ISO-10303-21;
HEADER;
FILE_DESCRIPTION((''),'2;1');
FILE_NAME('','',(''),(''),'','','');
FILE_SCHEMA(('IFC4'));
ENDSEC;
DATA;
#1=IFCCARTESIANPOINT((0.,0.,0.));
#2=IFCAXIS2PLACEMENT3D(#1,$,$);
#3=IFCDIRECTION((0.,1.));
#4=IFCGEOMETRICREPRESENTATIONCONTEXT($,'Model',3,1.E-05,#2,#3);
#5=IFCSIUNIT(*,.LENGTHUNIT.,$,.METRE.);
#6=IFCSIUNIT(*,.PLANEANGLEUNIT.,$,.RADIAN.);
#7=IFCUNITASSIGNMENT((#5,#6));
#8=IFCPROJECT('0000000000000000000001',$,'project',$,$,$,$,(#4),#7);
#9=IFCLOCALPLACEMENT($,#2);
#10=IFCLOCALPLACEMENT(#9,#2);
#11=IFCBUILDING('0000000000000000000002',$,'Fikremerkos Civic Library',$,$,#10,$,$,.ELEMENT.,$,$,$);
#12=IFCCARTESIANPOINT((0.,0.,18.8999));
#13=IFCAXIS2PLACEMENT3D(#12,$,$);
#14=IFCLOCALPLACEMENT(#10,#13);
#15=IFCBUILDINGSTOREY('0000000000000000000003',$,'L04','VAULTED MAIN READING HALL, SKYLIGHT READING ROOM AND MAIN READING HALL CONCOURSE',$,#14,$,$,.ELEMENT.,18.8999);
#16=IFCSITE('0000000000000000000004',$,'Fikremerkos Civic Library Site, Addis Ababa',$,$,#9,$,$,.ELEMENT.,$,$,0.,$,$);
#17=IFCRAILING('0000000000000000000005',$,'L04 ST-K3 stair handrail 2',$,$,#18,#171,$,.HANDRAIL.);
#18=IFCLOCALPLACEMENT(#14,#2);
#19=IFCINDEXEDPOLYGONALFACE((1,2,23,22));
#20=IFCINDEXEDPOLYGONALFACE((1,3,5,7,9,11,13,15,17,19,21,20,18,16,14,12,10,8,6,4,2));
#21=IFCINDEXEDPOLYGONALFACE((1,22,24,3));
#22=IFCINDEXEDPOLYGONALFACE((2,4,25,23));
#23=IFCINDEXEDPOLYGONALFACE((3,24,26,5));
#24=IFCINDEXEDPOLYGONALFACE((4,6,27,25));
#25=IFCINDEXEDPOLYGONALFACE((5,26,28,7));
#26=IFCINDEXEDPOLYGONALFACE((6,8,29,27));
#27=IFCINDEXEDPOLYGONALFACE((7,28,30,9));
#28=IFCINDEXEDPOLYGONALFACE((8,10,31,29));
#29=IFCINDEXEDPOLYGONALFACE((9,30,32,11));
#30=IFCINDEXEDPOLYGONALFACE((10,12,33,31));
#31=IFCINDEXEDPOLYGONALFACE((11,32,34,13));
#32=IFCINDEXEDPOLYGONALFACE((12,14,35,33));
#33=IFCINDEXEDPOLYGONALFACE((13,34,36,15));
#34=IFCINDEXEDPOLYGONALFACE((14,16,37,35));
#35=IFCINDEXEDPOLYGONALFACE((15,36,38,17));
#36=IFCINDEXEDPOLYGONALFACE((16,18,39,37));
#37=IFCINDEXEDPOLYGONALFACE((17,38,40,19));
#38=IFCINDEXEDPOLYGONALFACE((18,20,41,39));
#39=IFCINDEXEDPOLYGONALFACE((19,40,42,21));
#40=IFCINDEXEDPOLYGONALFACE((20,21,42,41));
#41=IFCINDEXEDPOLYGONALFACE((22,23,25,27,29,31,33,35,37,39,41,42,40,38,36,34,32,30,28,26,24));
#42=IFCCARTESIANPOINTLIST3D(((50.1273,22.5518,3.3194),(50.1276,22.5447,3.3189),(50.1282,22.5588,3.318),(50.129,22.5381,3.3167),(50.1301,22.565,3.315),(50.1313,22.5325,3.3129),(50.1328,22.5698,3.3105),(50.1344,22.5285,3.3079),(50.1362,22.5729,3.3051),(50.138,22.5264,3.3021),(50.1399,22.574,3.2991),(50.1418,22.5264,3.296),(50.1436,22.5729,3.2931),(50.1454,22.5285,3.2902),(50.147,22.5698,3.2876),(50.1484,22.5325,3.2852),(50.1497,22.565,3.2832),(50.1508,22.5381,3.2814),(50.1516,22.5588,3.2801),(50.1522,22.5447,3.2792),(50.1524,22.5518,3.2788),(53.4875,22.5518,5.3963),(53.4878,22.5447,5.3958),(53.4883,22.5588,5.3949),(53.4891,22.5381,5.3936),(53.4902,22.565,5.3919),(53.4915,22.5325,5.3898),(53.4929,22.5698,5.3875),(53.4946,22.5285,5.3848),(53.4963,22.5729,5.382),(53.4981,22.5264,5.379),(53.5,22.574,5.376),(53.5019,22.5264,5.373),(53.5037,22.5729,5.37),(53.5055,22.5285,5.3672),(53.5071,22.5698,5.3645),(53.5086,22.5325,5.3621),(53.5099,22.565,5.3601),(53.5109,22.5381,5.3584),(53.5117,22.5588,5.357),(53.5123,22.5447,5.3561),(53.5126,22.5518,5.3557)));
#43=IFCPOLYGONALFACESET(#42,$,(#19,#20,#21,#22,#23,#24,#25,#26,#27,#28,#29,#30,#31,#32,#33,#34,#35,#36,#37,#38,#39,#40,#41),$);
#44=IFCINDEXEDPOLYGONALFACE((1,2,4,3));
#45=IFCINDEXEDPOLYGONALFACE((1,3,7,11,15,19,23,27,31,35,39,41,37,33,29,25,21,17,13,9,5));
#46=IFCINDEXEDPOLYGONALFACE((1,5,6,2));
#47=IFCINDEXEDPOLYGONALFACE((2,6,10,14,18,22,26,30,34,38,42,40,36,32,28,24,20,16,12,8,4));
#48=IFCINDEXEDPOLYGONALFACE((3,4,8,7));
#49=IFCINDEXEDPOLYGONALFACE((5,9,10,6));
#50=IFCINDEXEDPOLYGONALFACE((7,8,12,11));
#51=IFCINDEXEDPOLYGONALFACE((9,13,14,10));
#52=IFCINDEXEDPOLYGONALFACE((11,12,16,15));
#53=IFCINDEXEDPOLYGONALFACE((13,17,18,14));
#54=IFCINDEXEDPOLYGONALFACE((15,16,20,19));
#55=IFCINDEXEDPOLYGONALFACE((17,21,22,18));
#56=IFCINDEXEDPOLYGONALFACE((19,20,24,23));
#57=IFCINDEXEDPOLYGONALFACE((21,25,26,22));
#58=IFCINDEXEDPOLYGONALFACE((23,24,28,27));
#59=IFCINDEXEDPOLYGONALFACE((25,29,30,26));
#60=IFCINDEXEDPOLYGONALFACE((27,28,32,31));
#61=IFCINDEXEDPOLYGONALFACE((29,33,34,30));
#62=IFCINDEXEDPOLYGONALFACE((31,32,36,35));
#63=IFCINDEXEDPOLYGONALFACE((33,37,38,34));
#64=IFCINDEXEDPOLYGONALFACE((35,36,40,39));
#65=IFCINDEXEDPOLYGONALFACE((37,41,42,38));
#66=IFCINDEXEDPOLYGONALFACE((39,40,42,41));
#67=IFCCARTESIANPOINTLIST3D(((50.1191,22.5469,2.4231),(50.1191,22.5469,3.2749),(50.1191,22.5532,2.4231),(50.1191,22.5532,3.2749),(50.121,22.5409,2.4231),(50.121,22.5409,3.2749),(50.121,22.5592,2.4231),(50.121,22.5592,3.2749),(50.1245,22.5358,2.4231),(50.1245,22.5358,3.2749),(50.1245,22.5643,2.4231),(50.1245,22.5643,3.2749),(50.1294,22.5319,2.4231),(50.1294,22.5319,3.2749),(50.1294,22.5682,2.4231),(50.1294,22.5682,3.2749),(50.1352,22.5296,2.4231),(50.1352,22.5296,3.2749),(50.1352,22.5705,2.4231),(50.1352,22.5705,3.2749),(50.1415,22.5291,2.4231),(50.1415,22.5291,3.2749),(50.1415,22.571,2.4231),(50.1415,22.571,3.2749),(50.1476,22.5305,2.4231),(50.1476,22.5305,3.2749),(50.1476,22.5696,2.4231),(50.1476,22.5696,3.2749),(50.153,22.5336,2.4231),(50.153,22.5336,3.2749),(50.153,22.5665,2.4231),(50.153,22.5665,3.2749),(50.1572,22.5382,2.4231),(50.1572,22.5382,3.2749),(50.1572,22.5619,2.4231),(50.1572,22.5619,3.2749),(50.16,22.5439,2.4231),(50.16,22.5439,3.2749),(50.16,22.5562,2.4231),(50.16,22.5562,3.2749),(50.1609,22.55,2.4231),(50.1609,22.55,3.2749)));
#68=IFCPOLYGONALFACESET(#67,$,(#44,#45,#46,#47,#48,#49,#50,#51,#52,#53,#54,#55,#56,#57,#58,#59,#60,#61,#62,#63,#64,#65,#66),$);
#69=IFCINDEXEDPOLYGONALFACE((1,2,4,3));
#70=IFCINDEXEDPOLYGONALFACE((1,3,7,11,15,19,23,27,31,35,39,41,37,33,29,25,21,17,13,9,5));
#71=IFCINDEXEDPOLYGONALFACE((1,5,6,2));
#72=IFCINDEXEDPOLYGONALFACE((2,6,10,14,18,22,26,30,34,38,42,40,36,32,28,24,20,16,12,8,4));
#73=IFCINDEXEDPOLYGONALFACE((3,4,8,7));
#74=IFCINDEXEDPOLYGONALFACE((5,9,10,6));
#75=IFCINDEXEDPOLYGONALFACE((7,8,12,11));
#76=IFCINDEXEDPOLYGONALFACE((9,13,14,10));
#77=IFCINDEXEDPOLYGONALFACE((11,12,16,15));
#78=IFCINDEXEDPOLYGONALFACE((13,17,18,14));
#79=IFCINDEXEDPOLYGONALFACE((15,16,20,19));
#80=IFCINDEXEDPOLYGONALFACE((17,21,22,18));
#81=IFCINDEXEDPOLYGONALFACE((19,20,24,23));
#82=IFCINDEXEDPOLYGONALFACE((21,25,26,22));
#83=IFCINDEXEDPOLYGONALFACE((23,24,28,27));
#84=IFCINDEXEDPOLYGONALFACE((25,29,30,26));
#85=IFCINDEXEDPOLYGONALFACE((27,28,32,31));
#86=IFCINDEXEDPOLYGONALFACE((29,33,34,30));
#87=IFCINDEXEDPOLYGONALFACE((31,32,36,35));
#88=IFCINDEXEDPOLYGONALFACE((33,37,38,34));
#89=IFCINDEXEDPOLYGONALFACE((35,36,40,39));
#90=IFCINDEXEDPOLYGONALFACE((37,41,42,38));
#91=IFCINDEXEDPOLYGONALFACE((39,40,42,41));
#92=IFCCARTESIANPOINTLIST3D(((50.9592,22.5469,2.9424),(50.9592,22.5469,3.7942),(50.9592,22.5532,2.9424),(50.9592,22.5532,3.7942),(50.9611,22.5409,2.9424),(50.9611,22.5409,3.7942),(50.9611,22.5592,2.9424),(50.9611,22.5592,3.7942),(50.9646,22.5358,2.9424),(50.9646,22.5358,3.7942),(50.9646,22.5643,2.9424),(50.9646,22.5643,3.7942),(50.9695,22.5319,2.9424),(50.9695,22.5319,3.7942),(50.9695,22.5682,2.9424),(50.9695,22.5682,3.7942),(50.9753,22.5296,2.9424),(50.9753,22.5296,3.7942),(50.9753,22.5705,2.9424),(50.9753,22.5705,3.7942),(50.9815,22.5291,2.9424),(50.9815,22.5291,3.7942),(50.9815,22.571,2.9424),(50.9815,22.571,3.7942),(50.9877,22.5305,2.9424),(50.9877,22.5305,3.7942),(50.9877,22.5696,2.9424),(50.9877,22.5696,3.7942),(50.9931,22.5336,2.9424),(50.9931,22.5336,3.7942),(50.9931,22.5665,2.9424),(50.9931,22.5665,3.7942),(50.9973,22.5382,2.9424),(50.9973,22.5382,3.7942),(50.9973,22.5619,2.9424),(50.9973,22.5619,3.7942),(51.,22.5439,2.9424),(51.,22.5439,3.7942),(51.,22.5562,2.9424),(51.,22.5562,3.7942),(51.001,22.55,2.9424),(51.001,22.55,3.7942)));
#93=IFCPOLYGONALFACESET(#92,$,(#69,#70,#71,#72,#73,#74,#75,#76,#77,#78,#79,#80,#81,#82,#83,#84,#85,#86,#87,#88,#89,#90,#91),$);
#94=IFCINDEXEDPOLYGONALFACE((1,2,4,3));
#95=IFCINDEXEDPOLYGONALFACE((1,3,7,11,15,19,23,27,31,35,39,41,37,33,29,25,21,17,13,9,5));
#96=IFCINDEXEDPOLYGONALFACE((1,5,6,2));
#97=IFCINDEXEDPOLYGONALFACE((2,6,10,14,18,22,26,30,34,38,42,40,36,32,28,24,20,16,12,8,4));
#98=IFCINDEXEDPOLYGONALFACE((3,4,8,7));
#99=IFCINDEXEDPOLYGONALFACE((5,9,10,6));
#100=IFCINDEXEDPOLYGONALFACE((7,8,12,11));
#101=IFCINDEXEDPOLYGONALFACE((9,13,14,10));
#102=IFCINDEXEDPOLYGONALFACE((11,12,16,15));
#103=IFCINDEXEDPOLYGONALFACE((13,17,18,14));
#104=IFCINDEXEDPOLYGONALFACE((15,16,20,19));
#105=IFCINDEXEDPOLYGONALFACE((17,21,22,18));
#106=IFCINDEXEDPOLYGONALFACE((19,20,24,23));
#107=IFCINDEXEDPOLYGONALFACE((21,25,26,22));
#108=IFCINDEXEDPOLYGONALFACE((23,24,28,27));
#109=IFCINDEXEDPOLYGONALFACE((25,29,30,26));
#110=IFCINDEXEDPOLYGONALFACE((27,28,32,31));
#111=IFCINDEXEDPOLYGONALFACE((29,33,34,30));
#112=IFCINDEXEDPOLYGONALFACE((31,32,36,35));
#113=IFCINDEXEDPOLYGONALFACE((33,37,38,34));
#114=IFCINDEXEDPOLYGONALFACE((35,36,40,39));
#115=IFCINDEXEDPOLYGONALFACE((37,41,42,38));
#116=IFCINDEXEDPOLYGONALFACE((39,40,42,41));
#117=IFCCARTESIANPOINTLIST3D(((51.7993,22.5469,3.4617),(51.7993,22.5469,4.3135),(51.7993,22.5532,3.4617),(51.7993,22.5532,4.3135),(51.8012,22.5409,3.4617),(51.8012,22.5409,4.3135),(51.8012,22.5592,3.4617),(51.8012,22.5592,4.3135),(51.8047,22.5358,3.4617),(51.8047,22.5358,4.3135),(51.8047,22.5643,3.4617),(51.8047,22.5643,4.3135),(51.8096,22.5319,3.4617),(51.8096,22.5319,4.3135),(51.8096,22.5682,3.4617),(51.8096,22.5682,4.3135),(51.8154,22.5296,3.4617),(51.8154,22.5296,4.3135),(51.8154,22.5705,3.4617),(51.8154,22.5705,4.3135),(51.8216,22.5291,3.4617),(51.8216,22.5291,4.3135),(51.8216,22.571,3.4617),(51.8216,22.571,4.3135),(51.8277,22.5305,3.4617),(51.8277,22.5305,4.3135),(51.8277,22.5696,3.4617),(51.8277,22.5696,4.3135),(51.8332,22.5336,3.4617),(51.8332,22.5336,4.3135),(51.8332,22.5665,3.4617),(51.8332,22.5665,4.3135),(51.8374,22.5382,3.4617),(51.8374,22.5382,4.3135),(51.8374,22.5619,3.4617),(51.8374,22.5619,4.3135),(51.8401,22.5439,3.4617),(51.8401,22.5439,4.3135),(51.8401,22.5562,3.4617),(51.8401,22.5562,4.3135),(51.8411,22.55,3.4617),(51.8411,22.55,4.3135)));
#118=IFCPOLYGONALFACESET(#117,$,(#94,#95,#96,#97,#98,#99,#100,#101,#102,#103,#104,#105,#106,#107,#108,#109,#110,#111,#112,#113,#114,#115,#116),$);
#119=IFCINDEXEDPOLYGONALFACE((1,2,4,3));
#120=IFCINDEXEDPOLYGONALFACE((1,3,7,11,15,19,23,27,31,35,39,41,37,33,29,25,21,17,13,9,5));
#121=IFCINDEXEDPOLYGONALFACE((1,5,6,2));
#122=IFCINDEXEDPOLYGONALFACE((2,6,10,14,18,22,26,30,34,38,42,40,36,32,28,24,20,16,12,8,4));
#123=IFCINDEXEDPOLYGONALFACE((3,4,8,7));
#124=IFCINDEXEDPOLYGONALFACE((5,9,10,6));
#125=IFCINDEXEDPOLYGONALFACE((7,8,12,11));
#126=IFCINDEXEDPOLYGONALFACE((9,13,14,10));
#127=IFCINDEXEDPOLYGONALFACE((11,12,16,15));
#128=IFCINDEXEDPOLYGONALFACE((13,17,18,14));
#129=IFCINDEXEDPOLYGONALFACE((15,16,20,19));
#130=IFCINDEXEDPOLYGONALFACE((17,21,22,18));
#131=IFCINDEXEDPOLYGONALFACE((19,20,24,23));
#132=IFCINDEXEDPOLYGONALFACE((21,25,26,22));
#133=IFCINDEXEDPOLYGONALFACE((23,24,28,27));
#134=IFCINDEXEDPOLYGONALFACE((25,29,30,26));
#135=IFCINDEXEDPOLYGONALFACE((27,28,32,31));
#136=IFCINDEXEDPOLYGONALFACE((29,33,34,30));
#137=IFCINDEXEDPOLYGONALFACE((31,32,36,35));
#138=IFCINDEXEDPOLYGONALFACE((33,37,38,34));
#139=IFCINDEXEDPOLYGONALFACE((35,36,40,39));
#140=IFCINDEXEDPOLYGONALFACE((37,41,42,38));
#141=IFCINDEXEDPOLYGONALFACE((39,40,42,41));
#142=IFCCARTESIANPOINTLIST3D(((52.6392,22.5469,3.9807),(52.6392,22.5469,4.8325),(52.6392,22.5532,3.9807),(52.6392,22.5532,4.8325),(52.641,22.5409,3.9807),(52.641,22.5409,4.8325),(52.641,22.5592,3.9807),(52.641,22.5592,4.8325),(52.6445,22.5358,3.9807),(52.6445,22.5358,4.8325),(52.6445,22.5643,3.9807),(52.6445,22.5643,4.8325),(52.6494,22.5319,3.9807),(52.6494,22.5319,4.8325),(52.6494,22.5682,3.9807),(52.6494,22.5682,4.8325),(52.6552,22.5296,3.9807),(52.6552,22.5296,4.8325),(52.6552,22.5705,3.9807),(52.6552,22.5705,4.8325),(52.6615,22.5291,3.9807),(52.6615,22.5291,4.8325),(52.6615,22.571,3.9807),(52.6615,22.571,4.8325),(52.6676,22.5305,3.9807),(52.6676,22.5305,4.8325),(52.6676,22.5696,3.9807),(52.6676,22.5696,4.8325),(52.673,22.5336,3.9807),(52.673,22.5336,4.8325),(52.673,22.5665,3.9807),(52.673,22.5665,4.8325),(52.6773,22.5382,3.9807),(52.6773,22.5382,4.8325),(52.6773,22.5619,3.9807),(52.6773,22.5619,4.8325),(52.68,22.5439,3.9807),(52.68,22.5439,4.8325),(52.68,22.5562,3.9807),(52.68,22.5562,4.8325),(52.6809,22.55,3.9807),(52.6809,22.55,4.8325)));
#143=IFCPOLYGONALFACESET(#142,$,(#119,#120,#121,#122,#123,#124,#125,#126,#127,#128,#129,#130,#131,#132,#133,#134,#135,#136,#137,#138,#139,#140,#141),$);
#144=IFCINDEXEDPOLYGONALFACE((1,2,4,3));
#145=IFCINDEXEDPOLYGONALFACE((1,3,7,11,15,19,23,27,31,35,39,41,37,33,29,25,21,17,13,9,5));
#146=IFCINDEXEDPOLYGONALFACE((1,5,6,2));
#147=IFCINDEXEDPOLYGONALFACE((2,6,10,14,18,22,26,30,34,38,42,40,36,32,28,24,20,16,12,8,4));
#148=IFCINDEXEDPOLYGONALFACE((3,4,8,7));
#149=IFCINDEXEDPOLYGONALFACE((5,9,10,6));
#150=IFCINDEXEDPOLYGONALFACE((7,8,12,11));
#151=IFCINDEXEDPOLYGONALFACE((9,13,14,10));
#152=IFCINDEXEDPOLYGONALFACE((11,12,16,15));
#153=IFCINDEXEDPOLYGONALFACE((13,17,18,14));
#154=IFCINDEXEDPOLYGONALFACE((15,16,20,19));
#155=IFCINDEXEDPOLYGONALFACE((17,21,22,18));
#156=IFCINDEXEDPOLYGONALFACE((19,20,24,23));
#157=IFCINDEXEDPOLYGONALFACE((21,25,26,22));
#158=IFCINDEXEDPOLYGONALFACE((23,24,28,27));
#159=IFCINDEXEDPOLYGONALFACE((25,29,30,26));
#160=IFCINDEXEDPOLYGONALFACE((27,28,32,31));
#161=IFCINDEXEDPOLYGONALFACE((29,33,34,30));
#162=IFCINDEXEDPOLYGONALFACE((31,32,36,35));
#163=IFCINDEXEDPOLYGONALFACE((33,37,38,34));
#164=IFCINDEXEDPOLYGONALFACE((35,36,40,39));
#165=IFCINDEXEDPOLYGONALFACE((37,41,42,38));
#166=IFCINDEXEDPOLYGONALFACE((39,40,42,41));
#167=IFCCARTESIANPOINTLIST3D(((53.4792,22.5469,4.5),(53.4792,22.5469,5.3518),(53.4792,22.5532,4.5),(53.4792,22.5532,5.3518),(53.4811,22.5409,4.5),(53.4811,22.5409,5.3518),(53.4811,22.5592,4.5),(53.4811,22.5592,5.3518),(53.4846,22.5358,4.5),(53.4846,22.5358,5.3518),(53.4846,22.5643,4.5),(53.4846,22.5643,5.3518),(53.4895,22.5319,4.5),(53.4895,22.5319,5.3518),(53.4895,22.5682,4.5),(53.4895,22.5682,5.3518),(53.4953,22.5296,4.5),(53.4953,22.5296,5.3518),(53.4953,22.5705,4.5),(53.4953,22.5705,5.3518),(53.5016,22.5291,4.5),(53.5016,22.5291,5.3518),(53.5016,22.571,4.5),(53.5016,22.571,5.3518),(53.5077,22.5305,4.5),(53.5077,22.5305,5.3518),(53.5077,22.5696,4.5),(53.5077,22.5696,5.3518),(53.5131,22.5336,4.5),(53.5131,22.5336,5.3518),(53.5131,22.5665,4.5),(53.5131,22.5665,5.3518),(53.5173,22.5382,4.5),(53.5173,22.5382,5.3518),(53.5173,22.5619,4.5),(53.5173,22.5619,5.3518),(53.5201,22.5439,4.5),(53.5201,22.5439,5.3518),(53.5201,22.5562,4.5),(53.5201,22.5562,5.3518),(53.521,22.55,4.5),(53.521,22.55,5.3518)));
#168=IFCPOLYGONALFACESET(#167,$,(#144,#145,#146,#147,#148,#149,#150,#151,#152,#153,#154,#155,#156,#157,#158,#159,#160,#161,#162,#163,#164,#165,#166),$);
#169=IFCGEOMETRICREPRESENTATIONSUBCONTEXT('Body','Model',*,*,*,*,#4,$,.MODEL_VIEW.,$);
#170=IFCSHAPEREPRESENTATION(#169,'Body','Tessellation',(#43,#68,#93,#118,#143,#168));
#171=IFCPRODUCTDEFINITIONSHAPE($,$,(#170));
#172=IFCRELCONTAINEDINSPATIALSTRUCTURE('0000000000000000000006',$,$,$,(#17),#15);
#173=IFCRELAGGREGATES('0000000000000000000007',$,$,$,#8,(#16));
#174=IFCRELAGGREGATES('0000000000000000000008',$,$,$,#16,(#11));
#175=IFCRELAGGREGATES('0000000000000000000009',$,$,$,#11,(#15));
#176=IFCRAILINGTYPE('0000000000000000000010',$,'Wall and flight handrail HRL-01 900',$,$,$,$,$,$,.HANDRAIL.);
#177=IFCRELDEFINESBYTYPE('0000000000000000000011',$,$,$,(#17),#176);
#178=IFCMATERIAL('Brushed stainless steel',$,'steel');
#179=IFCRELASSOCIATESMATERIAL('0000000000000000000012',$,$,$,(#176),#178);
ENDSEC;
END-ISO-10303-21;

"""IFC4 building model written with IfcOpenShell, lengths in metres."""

from ifc_helpers import new_model, si_unit, direction, frame, origin, origin_2d, place, context, subcontext, project, spatial, circle, extrude, material, type_object, element, save


model = new_model("IFC4")

# Units and contexts
model_context = context("Model", 3, precision=1e-05, world=origin(), true_north=direction((0.0, 1.0)))
body_context = subcontext(model_context, "Body", "Model", "MODEL_VIEW")
ifc_project = project(units=[si_unit("LENGTHUNIT", "METRE"), si_unit("PLANEANGLEUNIT", "RADIAN")], contexts=[model_context])

# Site, building, storey
site_placement = place(None, origin())
site = spatial("IfcSite", under=ifc_project, at=site_placement, Name="Fikremerkos Civic Library Site, Addis Ababa", CompositionType="ELEMENT", RefElevation=0.0)
building_placement = place(site_placement, origin())
building = spatial("IfcBuilding", under=site, at=building_placement, Name="Fikremerkos Civic Library", CompositionType="ELEMENT")
storey_placement = place(building_placement, frame((0.0, 0.0, 18.8999)))
storey = spatial("IfcBuildingStorey", under=building, at=storey_placement, Name="L04", Description="VAULTED MAIN READING HALL, SKYLIGHT READING ROOM AND MAIN READING HALL CONCOURSE", CompositionType="ELEMENT", Elevation=18.8999)

# Shared definitions
ifc_material_1 = material(Name="Brushed stainless steel", Category="steel")

# Railing
railing_type_1 = type_object("IfcRailingType", Name="Wall and flight handrail HRL-01 900", PredefinedType="HANDRAIL", material=ifc_material_1)
railing_1_placement = place(storey_placement, frame((50.1399, 22.55, 2.4231)))
element("IfcRailing", 1, at=railing_1_placement, inside=storey, type_object=railing_type_1, Name="L04 ST-K3 stair handrail 2", PredefinedType="HANDRAIL", context=body_context, shape_type="SweptSolid", body=[
    extrude(circle(Radius=0.0239, at=origin_2d()), frame((0.0, 0.0, 0.876), z_axis=(0.850623, 0.0, 0.525776), x_axis=(0.0, 1.0, 0.0)), (0.0, 0.0, 1.0), 3.9502),
    extrude(circle(Radius=0.021, at=origin_2d()), origin(), (0.0, 0.0, 1.0), 0.8518),
    extrude(circle(Radius=0.021, at=origin_2d()), frame((0.8401, 0.0, 0.5193)), (0.0, 0.0, 1.0), 0.8518),
    extrude(circle(Radius=0.021, at=origin_2d()), frame((1.6802, 0.0, 1.0386)), (0.0, 0.0, 1.0), 0.8518),
    extrude(circle(Radius=0.021, at=origin_2d()), frame((2.52, 0.0, 1.5576)), (0.0, 0.0, 1.0), 0.8518),
    extrude(circle(Radius=0.021, at=origin_2d()), frame((3.3601, 0.0, 2.0769)), (0.0, 0.0, 1.0), 0.8518),
])

save(model, "model.ifc")
